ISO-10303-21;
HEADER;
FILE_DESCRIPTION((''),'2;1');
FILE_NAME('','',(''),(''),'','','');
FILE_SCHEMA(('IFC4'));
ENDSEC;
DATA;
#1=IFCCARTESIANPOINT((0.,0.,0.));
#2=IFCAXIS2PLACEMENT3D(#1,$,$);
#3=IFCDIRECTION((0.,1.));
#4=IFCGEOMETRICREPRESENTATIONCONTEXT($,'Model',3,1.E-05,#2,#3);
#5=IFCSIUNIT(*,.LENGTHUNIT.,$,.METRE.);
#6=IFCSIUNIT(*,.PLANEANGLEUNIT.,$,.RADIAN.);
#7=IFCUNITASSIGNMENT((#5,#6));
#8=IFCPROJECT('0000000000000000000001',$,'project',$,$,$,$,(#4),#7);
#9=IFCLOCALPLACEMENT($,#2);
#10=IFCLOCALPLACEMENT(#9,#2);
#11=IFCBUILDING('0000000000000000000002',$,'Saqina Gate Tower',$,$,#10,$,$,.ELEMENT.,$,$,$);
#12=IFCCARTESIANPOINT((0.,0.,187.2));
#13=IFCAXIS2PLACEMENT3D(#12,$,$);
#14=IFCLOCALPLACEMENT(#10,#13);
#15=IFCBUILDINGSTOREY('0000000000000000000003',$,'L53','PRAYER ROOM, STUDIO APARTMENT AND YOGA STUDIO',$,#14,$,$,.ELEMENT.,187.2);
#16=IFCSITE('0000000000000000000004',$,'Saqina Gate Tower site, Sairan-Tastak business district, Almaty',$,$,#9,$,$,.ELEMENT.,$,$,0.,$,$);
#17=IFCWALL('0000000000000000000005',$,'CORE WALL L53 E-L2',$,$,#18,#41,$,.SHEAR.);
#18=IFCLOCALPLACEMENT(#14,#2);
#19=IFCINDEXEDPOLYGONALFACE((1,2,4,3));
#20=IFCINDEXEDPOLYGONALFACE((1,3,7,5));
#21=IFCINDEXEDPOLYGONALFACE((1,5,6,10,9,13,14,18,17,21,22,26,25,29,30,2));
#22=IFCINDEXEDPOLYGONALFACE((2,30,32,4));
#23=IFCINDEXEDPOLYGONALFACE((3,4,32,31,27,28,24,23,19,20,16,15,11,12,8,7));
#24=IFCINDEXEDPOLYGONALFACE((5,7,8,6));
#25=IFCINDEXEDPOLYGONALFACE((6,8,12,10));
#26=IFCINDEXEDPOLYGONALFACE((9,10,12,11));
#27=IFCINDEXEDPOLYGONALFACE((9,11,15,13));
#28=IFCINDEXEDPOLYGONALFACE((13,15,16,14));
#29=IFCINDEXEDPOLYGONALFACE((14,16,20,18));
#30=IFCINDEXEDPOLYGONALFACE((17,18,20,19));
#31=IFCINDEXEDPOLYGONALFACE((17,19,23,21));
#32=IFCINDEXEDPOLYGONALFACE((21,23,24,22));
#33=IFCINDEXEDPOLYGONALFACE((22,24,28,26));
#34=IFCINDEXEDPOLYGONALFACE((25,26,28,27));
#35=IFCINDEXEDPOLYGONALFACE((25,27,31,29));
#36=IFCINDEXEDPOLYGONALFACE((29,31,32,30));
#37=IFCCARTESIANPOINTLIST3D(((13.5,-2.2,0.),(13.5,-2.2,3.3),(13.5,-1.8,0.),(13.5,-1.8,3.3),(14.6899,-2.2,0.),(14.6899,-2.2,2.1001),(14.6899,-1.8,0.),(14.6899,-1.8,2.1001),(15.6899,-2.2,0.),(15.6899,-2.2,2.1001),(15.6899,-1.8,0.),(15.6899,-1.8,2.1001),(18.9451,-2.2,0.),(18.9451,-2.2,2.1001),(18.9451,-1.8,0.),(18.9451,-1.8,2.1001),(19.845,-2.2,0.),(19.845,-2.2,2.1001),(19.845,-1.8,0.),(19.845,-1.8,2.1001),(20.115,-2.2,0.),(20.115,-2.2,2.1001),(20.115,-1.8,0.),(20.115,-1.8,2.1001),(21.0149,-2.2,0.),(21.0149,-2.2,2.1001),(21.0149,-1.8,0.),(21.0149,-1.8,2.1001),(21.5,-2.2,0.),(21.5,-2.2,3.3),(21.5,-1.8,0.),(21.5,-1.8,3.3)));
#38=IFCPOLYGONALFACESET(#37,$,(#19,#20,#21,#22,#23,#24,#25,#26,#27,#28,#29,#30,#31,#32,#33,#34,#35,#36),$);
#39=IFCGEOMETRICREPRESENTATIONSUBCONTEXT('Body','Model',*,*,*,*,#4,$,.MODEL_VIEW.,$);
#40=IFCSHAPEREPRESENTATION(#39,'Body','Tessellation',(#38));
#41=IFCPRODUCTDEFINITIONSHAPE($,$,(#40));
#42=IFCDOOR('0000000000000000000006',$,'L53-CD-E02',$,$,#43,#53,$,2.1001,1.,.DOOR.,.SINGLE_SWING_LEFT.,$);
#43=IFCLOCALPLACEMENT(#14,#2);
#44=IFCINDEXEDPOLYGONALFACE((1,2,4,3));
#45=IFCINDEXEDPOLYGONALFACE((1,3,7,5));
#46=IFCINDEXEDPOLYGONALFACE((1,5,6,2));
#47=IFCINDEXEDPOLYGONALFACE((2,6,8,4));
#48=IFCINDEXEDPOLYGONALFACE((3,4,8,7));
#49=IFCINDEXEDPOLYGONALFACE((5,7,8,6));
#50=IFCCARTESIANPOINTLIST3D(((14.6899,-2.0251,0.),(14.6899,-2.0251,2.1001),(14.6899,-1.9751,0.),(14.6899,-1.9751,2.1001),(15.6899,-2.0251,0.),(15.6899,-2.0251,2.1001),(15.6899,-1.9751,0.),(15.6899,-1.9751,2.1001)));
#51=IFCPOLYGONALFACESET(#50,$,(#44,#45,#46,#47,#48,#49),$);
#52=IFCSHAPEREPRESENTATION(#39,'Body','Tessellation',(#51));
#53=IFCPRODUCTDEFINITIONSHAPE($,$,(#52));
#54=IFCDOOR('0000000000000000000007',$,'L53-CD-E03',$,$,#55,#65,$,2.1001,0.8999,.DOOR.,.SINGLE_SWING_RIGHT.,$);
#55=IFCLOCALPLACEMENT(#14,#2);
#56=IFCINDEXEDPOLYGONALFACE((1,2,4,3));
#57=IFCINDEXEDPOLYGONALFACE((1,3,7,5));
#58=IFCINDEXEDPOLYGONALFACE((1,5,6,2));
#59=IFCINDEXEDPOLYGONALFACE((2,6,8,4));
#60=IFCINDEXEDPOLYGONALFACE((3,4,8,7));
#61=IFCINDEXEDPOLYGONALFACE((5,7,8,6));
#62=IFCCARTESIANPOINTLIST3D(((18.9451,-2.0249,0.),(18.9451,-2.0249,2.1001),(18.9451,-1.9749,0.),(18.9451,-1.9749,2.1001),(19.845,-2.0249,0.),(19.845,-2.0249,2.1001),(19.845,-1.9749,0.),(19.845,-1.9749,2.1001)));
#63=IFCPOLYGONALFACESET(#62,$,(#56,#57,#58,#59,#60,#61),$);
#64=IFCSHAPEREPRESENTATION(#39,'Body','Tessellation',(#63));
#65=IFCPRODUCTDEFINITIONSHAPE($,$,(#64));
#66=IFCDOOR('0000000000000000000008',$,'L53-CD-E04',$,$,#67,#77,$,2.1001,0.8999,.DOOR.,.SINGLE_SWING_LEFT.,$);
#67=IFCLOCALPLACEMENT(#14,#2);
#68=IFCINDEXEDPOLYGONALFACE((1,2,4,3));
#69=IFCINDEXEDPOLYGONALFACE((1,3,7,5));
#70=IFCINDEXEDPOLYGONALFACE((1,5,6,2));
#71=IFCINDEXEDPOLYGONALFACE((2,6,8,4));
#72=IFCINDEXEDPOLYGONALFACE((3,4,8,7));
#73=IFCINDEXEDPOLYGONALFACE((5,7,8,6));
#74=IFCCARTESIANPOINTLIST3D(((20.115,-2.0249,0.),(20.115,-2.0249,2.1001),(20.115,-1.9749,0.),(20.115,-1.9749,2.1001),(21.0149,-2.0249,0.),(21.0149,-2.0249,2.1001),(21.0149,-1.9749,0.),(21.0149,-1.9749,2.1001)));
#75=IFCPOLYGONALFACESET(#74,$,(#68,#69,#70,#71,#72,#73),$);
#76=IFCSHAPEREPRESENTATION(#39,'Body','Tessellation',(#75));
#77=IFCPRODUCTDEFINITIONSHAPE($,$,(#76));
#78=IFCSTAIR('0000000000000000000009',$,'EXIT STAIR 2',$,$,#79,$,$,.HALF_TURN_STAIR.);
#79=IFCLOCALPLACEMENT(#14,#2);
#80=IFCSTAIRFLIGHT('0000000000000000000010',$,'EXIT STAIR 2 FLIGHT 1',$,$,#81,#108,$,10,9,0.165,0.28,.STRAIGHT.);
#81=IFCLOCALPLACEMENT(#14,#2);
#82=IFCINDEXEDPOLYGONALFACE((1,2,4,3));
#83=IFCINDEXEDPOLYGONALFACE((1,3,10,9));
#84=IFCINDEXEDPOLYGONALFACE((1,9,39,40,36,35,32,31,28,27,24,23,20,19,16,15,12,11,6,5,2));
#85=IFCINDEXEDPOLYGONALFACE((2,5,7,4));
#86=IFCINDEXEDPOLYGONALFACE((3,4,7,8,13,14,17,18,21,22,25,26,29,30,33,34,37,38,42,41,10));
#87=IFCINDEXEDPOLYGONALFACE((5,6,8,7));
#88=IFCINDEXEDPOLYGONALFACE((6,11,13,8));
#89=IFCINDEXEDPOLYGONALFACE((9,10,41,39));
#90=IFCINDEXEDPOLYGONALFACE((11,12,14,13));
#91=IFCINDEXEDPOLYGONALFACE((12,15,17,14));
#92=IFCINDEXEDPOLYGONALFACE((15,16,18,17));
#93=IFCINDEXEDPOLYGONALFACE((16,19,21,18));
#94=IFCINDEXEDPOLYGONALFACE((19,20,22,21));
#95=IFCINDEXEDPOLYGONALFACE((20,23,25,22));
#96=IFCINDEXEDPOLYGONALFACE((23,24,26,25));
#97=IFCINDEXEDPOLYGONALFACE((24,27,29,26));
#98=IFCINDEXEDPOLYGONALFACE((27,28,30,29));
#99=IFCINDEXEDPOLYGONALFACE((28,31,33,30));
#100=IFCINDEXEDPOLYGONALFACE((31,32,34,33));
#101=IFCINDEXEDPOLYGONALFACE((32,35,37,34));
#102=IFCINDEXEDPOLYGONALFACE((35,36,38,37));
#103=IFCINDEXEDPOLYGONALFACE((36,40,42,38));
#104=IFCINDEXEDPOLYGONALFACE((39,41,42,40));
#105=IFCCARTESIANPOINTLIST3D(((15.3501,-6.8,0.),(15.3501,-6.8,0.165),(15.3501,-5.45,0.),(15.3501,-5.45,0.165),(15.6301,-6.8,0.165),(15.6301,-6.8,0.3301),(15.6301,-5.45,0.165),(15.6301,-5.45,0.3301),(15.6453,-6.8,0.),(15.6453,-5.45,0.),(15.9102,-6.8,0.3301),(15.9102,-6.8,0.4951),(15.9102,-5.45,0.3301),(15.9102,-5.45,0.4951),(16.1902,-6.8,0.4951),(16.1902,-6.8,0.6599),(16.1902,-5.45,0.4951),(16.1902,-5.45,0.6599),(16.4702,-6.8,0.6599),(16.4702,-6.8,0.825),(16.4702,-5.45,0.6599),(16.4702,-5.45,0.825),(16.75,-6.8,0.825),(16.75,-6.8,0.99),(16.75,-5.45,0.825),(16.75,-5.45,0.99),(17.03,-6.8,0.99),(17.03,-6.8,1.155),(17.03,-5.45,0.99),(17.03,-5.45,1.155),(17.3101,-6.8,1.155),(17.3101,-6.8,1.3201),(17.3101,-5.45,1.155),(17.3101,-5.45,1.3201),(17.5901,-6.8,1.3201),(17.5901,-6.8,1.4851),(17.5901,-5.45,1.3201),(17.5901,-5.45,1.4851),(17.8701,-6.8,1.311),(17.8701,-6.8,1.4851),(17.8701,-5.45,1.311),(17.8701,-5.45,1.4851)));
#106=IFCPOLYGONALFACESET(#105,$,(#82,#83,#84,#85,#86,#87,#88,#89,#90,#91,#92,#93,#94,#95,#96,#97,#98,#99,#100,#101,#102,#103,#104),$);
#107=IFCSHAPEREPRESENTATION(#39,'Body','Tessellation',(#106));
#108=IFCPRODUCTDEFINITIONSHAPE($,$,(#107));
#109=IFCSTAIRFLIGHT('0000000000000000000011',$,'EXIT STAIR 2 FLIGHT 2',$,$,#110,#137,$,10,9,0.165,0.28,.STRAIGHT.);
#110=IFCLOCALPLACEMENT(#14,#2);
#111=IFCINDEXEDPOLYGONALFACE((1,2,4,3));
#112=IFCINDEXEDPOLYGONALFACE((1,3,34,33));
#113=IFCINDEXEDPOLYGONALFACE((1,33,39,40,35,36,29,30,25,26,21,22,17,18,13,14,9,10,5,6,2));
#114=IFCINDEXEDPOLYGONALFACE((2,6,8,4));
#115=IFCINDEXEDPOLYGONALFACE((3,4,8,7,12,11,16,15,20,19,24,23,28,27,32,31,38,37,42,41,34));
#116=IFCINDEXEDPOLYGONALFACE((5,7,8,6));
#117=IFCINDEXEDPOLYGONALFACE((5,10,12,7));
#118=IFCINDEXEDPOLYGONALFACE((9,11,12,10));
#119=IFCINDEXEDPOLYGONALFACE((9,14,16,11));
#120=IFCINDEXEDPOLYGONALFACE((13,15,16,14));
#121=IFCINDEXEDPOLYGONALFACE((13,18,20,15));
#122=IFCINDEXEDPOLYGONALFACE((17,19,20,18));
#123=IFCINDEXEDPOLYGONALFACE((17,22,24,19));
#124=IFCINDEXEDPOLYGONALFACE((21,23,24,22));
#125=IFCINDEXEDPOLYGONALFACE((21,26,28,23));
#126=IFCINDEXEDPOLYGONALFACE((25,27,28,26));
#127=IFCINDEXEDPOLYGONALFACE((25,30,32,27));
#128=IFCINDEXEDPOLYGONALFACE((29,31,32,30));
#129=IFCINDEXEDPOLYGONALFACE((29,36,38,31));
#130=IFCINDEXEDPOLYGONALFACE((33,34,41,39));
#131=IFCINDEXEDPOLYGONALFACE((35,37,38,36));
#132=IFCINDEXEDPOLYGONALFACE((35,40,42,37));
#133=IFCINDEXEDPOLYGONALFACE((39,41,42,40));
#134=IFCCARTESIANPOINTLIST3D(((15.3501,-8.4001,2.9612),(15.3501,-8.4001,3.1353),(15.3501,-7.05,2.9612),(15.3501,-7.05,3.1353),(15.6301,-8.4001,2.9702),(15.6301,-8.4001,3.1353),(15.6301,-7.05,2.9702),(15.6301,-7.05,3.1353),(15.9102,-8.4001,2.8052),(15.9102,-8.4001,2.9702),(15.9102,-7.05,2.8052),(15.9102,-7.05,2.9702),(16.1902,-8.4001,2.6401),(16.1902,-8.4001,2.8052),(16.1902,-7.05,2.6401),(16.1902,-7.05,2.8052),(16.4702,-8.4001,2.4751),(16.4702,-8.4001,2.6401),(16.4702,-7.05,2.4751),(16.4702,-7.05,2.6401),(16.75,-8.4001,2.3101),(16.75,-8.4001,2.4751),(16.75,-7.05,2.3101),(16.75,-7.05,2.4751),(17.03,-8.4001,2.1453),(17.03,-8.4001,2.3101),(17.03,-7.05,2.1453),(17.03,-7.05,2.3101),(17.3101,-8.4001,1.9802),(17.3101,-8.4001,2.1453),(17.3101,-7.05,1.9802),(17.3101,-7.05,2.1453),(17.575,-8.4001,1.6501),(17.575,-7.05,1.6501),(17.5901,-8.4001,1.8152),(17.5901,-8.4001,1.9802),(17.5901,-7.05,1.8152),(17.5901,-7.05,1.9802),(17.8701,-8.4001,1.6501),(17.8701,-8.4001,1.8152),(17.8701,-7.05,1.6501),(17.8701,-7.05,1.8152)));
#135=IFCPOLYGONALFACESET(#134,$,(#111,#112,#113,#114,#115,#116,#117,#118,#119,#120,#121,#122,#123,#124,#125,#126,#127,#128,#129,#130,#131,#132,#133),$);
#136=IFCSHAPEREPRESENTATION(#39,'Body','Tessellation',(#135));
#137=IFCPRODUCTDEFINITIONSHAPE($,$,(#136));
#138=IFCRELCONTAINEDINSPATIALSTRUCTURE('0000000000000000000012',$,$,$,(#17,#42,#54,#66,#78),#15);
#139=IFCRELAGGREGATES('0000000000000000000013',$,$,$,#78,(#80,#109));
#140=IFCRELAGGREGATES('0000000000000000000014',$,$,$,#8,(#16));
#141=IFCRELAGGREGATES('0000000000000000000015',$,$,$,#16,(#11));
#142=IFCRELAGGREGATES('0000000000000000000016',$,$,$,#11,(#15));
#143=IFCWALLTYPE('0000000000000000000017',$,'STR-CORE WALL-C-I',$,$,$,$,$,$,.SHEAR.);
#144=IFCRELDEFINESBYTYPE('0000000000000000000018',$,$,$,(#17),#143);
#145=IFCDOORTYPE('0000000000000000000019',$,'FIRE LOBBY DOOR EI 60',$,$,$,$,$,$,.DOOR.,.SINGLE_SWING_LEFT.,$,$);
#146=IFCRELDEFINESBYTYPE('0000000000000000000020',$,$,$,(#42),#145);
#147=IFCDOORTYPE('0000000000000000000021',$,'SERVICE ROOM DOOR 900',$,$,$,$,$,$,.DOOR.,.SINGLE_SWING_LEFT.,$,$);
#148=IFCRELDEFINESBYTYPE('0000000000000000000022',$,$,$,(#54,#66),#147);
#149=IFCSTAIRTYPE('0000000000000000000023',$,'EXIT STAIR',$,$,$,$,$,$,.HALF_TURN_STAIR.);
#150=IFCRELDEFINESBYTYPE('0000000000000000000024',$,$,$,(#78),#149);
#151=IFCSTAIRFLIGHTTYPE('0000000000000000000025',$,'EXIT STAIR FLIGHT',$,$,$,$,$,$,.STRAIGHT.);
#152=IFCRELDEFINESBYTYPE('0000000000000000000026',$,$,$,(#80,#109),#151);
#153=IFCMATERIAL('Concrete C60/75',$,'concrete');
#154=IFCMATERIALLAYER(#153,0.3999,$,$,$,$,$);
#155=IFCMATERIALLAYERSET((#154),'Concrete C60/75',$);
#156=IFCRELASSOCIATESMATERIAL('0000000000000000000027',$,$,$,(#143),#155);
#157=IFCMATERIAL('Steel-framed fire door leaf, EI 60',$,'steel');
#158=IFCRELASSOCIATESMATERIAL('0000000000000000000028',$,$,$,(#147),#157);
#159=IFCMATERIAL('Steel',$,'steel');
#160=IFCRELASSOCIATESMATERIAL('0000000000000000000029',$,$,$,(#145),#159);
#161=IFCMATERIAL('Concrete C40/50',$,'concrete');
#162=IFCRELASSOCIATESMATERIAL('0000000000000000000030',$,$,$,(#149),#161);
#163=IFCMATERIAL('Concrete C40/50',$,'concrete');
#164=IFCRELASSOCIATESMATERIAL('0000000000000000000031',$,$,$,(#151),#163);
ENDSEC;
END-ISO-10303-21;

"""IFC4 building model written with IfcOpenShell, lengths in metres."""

from ifc_helpers import new_model, si_unit, direction, frame, frame_2d, origin, place, context, subcontext, project, spatial, polyline, rectangle, outline, extrude, material, layer, layer_set, type_object, element, fill, aggregate, save


model = new_model("IFC4")

# Units and contexts
model_context = context("Model", 3, precision=1e-05, world=origin(), true_north=direction((0.0, 1.0)))
body_context = subcontext(model_context, "Body", "Model", "MODEL_VIEW")
ifc_project = project(units=[si_unit("LENGTHUNIT", "METRE"), si_unit("PLANEANGLEUNIT", "RADIAN")], contexts=[model_context])

# Site, building, storey
site_placement = place(None, origin())
site = spatial("IfcSite", under=ifc_project, at=site_placement, Name="Saqina Gate Tower site, Sairan-Tastak business district, Almaty", CompositionType="ELEMENT", RefElevation=0.0)
building_placement = place(site_placement, origin())
building = spatial("IfcBuilding", under=site, at=building_placement, Name="Saqina Gate Tower", CompositionType="ELEMENT")
storey_placement = place(building_placement, frame((0.0, 0.0, 187.2)))
storey = spatial("IfcBuildingStorey", under=building, at=storey_placement, Name="L53", Description="PRAYER ROOM, STUDIO APARTMENT AND YOGA STUDIO", CompositionType="ELEMENT", Elevation=187.2)

# Wall, openings, doors
ifc_material_1 = material(Name="Concrete C60/75", Category="concrete")
ifc_layer_1 = layer(ifc_material_1, 0.3999)
ifc_layer_set_1 = layer_set([ifc_layer_1], Name="Concrete C60/75")
wall_type_1 = type_object("IfcWallType", Name="STR-CORE WALL-C-I", PredefinedType="SHEAR", material=ifc_layer_set_1)
ifc_material_2 = material(Name="Steel-framed fire door leaf, EI 60", Category="steel")
door_type_1 = type_object("IfcDoorType", Name="SERVICE ROOM DOOR 900", OperationType="SINGLE_SWING_LEFT", PredefinedType="DOOR", material=ifc_material_2)
wall_1_placement = place(storey_placement, frame((13.5, -2.0, 0.0), z_axis=(0.0, 0.0, 1.0), x_axis=(1.0, 0.0, 0.0)))
wall_1 = element("IfcWall", 1, at=wall_1_placement, inside=storey, type_object=wall_type_1, Name="CORE WALL L53 E-L2", PredefinedType="SHEAR", context=body_context, shape_type="SweptSolid", body=[
    extrude(rectangle(XDim=8.0, YDim=0.3999, at=frame_2d((4.0, 0.0))), origin(), (0.0, 0.0, 1.0), 3.3),
])
opening_1_placement = place(wall_1_placement, frame((1.1899, 0.0, 0.0)))
opening_1 = element("IfcOpeningElement", 2, at=opening_1_placement, cuts=wall_1, PredefinedType="OPENING", context=body_context, shape_type="SweptSolid", body=[
    extrude(rectangle(XDim=1.0, YDim=2.1001, at=frame_2d((0.5, 1.05))), frame((0.0, 0.2119, 0.0), z_axis=(0.0, -1.0, 0.0), x_axis=(1.0, 0.0, 0.0)), (0.0, 0.0, 1.0), 0.4238),
])
opening_2_placement = place(wall_1_placement, frame((5.4451, 0.0, 0.0)))
opening_2 = element("IfcOpeningElement", 3, at=opening_2_placement, cuts=wall_1, PredefinedType="OPENING", context=body_context, shape_type="SweptSolid", body=[
    extrude(rectangle(XDim=0.8999, YDim=2.1001, at=frame_2d((0.45, 1.05))), frame((0.0, 0.2119, 0.0), z_axis=(0.0, -1.0, 0.0), x_axis=(1.0, 0.0, 0.0)), (0.0, 0.0, 1.0), 0.4238),
])
opening_3_placement = place(wall_1_placement, frame((6.615, 0.0, 0.0)))
opening_3 = element("IfcOpeningElement", 4, at=opening_3_placement, cuts=wall_1, PredefinedType="OPENING", context=body_context, shape_type="SweptSolid", body=[
    extrude(rectangle(XDim=0.8999, YDim=2.1001, at=frame_2d((0.45, 1.05))), frame((0.0, 0.2119, 0.0), z_axis=(0.0, -1.0, 0.0), x_axis=(1.0, 0.0, 0.0)), (0.0, 0.0, 1.0), 0.4238),
])
ifc_material_3 = material(Name="Steel", Category="steel")
door_type_2 = type_object("IfcDoorType", Name="FIRE LOBBY DOOR EI 60", OperationType="SINGLE_SWING_LEFT", PredefinedType="DOOR", material=ifc_material_3)
door_1_placement = place(opening_1_placement, origin())
door_1 = element("IfcDoor", 5, at=door_1_placement, inside=storey, type_object=door_type_2, Name="L53-CD-E02", OperationType="SINGLE_SWING_LEFT", OverallHeight=2.1001, OverallWidth=1.0, PredefinedType="DOOR", context=body_context, shape_type="SweptSolid", body=[
    extrude(rectangle(XDim=1.0, YDim=2.1001, at=frame_2d((0.5, 1.05))), frame((0.0, 0.0249, 0.0), z_axis=(0.0, -1.0, 0.0), x_axis=(1.0, 0.0, 0.0)), (0.0, 0.0, 1.0), 0.05),
])
fill(opening_1, door_1)
door_2_placement = place(opening_2_placement, frame((0.8999, 0.0, 0.0), z_axis=(0.0, 0.0, 1.0), x_axis=(-1.0, 0.0, 0.0)))
door_2 = element("IfcDoor", 6, at=door_2_placement, inside=storey, type_object=door_type_1, Name="L53-CD-E03", OperationType="SINGLE_SWING_RIGHT", OverallHeight=2.1001, OverallWidth=0.8999, PredefinedType="DOOR", context=body_context, shape_type="SweptSolid", body=[
    extrude(rectangle(XDim=0.8999, YDim=2.1001, at=frame_2d((0.45, 1.05))), frame((0.0, 0.0249, 0.0), z_axis=(0.0, -1.0, 0.0), x_axis=(1.0, 0.0, 0.0)), (0.0, 0.0, 1.0), 0.05),
])
fill(opening_2, door_2)
door_3_placement = place(opening_3_placement, frame((0.8999, 0.0, 0.0), z_axis=(0.0, 0.0, 1.0), x_axis=(-1.0, 0.0, 0.0)))
door_3 = element("IfcDoor", 7, at=door_3_placement, inside=storey, type_object=door_type_1, Name="L53-CD-E04", OperationType="SINGLE_SWING_LEFT", OverallHeight=2.1001, OverallWidth=0.8999, PredefinedType="DOOR", context=body_context, shape_type="SweptSolid", body=[
    extrude(rectangle(XDim=0.8999, YDim=2.1001, at=frame_2d((0.45, 1.05))), frame((0.0, 0.0249, 0.0), z_axis=(0.0, -1.0, 0.0), x_axis=(1.0, 0.0, 0.0)), (0.0, 0.0, 1.0), 0.05),
])
fill(opening_3, door_3)

# Stair, stair flights
ifc_material_4 = material(Name="Concrete C40/50", Category="concrete")
stair_type = type_object("IfcStairType", Name="EXIT STAIR", PredefinedType="HALF_TURN_STAIR", material=ifc_material_4)
stair_placement = place(storey_placement, origin())
stair = element("IfcStair", 8, at=stair_placement, inside=storey, type_object=stair_type, Name="EXIT STAIR 2", PredefinedType="HALF_TURN_STAIR")
ifc_material_5 = material(Name="Concrete C40/50", Category="concrete")
stair_flight_type = type_object("IfcStairFlightType", Name="EXIT STAIR FLIGHT", PredefinedType="STRAIGHT", material=ifc_material_5)
stair_flight_1_placement = place(storey_placement, frame((15.3501, -6.125, 0.0), z_axis=(0.0, 0.0, 1.0), x_axis=(1.0, 0.0, 0.0)))
stair_flight_1 = element("IfcStairFlight", 9, at=stair_flight_1_placement, type_object=stair_flight_type, Name="EXIT STAIR 2 FLIGHT 1", NumberOfRisers=10, NumberOfTreads=9, PredefinedType="STRAIGHT", RiserHeight=0.165, TreadLength=0.28, context=body_context, shape_type="SweptSolid", body=[
    extrude(outline(polyline([(0.0, 0.0), (0.0, 0.165), (0.28, 0.165), (0.28, 0.3301), (0.5601, 0.3301), (0.5601, 0.4951), (0.8401, 0.4951), (0.8401, 0.6599), (1.1201, 0.6599), (1.1201, 0.825), (1.3999, 0.825), (1.3999, 0.99), (1.6799, 0.99), (1.6799, 1.155), (1.96, 1.155), (1.96, 1.3201), (2.24, 1.3201), (2.24, 1.4851), (2.52, 1.4851), (2.52, 1.6499), (2.52, 1.311), (0.2952, 0.0), (0.0, 0.0)])), frame((0.0, 0.675, 0.0), z_axis=(0.0, -1.0, 0.0), x_axis=(1.0, 0.0, 0.0)), (0.0, 0.0, 1.0), 1.3501),
])
stair_flight_2_placement = place(storey_placement, frame((17.8701, -7.7251, 1.6501), z_axis=(0.0, 0.0, 1.0), x_axis=(-1.0, 0.0, 0.0)))
stair_flight_2 = element("IfcStairFlight", 10, at=stair_flight_2_placement, type_object=stair_flight_type, Name="EXIT STAIR 2 FLIGHT 2", NumberOfRisers=10, NumberOfTreads=9, PredefinedType="STRAIGHT", RiserHeight=0.165, TreadLength=0.28, context=body_context, shape_type="SweptSolid", body=[
    extrude(outline(polyline([(0.0, 0.0), (0.0, 0.165), (0.28, 0.165), (0.28, 0.3301), (0.5601, 0.3301), (0.5601, 0.4951), (0.8401, 0.4951), (0.8401, 0.6599), (1.1201, 0.6599), (1.1201, 0.825), (1.3999, 0.825), (1.3999, 0.99), (1.6799, 0.99), (1.6799, 1.155), (1.96, 1.155), (1.96, 1.3201), (2.24, 1.3201), (2.24, 1.4851), (2.52, 1.4851), (2.52, 1.6499), (2.52, 1.311), (0.2952, 0.0), (0.0, 0.0)])), frame((0.0, 0.675, 0.0), z_axis=(0.0, -1.0, 0.0), x_axis=(1.0, 0.0, 0.0)), (0.0, 0.0, 1.0), 1.3501),
])
aggregate(stair, [stair_flight_1, stair_flight_2])

save(model, "model.ifc")
